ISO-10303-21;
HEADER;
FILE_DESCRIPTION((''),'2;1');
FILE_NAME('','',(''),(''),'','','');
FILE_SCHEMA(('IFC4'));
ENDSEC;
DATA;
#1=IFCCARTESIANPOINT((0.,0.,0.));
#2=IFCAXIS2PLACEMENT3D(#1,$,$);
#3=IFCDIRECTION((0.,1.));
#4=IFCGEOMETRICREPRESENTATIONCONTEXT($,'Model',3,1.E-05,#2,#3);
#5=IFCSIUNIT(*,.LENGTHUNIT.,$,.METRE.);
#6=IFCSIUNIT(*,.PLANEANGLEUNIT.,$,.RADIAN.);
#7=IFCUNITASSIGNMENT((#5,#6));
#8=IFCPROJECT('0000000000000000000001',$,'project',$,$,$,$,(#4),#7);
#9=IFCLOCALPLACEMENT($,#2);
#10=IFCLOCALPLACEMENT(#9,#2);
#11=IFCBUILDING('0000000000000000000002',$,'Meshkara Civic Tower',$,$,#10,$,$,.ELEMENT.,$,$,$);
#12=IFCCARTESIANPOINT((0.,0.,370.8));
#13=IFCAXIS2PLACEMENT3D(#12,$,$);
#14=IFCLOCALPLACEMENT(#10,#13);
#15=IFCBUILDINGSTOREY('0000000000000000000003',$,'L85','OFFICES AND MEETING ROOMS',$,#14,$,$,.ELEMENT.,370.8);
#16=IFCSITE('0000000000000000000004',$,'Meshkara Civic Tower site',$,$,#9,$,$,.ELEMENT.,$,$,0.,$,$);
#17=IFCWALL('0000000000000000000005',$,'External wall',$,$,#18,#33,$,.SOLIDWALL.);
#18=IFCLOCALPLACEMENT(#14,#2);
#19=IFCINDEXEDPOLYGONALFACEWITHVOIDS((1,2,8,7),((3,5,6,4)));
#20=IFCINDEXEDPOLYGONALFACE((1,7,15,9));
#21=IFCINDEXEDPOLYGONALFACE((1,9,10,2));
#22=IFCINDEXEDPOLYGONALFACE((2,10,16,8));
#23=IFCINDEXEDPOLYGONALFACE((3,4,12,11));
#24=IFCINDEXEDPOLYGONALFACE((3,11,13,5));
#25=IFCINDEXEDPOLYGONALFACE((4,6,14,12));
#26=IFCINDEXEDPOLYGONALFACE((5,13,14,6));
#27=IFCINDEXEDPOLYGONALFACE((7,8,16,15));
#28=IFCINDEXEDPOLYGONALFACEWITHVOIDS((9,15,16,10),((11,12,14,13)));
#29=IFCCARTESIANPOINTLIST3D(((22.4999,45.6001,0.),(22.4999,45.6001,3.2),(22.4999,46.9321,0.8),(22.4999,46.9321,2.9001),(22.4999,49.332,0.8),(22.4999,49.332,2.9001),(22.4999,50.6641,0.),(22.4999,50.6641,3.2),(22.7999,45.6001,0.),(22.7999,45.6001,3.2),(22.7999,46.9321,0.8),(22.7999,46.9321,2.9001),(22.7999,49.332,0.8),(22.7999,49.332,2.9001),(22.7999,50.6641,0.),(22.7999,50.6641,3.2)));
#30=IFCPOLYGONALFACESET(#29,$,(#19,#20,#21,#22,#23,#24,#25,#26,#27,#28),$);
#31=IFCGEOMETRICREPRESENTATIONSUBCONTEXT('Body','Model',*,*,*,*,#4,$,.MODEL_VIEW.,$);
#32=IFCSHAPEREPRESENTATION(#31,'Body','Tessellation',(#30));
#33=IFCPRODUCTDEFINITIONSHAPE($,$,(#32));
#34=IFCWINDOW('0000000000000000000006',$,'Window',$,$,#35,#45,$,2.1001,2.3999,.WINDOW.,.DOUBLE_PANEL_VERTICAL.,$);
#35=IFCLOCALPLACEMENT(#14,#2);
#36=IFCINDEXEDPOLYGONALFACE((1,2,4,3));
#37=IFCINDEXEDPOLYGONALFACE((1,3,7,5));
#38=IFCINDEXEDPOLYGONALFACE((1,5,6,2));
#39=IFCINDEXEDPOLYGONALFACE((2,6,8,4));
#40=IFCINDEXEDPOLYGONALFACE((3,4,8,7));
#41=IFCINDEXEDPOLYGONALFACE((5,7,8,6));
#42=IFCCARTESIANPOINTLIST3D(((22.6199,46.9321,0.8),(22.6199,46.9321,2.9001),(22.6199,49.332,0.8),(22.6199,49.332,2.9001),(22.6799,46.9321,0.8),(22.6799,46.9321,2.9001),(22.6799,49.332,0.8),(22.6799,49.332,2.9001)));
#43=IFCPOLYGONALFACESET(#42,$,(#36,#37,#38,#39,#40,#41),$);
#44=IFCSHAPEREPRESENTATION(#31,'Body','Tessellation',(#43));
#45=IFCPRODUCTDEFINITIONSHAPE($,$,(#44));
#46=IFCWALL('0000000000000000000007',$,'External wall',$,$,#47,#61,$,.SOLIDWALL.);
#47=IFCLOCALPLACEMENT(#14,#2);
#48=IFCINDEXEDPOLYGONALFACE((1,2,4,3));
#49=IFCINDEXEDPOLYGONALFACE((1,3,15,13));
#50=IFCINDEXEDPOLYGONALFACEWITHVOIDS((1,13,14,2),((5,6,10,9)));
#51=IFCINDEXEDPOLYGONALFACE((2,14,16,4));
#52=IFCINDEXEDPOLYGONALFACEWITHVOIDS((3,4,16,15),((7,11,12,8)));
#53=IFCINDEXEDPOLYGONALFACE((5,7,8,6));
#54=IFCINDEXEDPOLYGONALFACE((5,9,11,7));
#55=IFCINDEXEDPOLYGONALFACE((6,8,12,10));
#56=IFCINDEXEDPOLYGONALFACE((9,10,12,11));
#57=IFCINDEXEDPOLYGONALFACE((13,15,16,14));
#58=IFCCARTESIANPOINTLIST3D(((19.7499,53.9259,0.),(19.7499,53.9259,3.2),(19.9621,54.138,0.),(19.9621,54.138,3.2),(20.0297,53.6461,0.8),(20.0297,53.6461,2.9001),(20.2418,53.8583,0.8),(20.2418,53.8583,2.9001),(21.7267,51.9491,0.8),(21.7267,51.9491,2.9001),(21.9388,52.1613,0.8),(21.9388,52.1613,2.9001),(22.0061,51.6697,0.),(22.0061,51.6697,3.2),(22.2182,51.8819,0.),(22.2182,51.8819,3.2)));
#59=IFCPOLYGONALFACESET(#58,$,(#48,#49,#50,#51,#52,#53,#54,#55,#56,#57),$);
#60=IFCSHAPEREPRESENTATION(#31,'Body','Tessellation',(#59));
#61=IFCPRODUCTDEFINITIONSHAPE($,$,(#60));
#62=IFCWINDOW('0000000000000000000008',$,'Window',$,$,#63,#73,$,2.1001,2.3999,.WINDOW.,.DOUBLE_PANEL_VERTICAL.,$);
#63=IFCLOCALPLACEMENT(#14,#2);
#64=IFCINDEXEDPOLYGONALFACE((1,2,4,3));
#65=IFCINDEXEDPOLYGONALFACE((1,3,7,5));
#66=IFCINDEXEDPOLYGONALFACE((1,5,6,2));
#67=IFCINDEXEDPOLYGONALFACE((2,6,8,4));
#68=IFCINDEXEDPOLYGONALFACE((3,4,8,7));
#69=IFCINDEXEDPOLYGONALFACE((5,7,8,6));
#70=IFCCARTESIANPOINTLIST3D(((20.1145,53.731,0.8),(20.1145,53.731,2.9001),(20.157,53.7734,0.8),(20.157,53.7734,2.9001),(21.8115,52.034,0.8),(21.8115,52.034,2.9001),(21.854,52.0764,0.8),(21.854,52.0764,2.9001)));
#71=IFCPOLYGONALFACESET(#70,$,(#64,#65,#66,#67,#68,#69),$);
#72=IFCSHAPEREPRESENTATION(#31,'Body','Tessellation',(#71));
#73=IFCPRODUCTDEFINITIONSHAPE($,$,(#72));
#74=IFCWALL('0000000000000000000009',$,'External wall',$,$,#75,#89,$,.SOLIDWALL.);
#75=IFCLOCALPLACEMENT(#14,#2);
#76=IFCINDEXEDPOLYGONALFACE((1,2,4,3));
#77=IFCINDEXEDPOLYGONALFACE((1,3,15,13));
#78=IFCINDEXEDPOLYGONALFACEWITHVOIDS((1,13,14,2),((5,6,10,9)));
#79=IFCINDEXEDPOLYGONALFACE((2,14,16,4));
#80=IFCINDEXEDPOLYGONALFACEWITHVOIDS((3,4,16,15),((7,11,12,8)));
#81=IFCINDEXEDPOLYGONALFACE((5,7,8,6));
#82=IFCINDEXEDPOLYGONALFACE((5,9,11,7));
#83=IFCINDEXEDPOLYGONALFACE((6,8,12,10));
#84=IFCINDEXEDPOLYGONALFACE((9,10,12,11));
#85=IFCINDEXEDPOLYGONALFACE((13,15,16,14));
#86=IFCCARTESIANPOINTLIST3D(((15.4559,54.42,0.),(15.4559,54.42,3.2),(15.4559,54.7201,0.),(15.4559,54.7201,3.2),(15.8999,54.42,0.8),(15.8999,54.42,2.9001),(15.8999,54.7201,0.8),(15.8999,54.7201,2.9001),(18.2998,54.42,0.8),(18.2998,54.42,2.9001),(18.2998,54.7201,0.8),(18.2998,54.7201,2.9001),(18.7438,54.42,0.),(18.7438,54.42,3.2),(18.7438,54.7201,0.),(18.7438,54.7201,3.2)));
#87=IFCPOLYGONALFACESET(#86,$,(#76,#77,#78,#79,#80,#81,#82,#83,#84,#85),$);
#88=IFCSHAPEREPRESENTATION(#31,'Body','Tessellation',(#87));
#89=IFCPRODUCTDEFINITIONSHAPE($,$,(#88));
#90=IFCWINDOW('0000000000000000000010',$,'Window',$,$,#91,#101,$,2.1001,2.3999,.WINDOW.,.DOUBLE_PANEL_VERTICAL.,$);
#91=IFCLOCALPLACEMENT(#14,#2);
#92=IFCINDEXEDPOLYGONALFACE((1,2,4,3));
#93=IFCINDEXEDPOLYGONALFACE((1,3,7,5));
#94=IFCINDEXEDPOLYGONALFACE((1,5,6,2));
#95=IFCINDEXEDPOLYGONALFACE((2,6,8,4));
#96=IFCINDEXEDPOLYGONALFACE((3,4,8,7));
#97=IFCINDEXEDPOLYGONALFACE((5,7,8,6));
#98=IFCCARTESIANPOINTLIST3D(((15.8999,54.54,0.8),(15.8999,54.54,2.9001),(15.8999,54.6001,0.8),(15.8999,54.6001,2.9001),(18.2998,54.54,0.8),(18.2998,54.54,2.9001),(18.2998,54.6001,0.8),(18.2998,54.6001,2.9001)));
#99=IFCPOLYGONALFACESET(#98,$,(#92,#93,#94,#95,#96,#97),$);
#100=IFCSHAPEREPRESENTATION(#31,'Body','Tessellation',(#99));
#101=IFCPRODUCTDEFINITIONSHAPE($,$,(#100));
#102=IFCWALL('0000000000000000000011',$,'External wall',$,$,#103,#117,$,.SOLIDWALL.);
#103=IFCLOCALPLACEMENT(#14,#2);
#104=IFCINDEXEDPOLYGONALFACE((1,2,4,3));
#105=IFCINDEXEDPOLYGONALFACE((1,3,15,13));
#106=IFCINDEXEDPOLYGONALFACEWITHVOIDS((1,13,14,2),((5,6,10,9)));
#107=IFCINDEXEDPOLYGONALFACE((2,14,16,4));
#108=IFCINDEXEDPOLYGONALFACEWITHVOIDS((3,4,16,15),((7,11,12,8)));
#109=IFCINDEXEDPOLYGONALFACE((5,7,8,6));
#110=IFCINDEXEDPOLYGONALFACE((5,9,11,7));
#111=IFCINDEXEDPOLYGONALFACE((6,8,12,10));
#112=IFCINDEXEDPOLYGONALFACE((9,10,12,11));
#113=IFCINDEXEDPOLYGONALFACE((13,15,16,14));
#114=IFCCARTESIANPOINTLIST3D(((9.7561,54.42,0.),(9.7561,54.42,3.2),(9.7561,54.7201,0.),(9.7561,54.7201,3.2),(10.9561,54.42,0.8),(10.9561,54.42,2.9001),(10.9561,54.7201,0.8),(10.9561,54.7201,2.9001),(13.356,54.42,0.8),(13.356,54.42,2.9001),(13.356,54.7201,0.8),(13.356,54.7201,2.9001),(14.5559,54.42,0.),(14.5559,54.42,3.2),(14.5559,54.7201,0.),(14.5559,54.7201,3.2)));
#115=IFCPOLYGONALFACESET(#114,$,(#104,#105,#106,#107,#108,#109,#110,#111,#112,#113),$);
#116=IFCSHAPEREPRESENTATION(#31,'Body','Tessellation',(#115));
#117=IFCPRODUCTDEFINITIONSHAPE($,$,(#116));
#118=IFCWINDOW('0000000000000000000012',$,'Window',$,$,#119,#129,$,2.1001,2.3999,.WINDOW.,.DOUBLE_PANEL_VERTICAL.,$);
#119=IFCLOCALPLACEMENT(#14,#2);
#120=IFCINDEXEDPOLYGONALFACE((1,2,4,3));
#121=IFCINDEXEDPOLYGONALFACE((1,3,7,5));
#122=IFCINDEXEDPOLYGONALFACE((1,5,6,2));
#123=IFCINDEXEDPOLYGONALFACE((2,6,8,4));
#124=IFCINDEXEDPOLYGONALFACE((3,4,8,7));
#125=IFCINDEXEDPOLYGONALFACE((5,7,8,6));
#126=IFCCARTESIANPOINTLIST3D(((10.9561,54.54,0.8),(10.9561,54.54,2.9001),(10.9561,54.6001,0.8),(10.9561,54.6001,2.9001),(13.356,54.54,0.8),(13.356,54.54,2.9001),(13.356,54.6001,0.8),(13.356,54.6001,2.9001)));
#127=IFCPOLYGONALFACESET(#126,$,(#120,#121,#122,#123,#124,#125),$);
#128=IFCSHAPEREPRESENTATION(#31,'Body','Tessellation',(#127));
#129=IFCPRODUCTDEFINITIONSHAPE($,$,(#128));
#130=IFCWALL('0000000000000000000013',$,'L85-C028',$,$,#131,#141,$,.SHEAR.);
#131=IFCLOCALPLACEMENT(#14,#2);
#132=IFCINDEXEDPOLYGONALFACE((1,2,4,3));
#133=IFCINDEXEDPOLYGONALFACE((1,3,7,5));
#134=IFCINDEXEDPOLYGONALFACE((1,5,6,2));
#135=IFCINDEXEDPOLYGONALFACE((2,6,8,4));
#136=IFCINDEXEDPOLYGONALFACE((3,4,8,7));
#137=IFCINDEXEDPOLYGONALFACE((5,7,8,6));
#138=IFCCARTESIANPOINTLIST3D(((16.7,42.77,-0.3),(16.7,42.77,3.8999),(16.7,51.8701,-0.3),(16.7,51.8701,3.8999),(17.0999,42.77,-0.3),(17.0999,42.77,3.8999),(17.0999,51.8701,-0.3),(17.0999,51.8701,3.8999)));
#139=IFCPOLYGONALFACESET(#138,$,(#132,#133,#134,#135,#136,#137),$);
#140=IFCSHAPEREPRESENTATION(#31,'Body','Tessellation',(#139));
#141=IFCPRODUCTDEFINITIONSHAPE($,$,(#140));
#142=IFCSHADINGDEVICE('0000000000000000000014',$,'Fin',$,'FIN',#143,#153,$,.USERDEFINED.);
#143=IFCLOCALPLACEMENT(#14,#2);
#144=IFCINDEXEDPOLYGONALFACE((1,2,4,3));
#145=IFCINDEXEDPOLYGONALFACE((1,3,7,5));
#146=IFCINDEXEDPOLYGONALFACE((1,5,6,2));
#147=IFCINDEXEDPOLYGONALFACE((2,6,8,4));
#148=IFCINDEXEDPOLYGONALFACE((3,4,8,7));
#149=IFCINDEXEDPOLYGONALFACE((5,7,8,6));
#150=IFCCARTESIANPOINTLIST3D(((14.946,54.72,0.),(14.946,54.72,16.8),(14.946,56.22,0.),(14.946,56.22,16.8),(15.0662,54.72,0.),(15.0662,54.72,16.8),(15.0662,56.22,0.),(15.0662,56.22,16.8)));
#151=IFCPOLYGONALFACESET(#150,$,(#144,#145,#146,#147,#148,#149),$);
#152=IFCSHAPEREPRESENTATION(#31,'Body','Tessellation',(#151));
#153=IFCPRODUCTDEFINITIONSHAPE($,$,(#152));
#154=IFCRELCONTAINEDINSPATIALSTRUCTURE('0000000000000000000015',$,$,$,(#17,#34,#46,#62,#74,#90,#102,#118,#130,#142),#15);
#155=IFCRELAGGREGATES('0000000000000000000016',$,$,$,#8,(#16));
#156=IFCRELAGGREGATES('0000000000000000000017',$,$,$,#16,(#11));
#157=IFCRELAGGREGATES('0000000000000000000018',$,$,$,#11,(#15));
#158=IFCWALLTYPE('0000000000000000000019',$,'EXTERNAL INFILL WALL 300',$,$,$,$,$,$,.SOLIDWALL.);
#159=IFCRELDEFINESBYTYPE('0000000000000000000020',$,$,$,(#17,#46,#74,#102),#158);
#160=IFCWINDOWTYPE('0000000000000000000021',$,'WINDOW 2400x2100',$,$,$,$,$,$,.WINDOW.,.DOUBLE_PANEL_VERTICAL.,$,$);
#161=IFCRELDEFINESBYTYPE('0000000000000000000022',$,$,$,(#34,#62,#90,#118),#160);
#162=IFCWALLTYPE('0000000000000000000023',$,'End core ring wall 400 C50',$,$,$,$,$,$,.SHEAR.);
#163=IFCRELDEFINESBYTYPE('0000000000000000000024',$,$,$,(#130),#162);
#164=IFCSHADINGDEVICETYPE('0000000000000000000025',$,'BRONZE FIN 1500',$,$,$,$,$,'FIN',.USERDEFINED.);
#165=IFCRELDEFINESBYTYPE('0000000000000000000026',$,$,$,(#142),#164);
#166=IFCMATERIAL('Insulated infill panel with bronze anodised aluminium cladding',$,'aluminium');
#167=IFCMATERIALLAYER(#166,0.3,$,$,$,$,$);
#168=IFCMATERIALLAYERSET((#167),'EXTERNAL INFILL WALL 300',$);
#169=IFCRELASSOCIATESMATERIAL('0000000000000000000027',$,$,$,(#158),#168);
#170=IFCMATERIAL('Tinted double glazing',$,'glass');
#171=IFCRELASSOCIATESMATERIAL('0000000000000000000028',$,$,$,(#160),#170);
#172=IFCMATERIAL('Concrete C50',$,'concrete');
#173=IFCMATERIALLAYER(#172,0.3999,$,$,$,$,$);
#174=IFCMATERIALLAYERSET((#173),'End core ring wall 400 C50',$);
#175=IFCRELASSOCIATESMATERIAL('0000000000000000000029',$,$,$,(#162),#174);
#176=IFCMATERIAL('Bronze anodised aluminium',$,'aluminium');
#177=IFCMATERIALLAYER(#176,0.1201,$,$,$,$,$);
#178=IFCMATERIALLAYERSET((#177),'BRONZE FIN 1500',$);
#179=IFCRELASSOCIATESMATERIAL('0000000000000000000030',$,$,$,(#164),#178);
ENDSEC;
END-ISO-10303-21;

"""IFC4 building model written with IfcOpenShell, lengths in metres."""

from ifc_helpers import new_model, si_unit, direction, frame, frame_2d, origin, origin_2d, place, context, subcontext, project, spatial, rectangle, extrude, material, layer, layer_set, type_object, element, fill, save


model = new_model("IFC4")

# Units and contexts
model_context = context("Model", 3, precision=1e-05, world=origin(), true_north=direction((0.0, 1.0)))
body_context = subcontext(model_context, "Body", "Model", "MODEL_VIEW")
ifc_project = project(units=[si_unit("LENGTHUNIT", "METRE"), si_unit("PLANEANGLEUNIT", "RADIAN")], contexts=[model_context])

# Site, building, storey
site_placement = place(None, origin())
site = spatial("IfcSite", under=ifc_project, at=site_placement, Name="Meshkara Civic Tower site", CompositionType="ELEMENT", RefElevation=0.0)
building_placement = place(site_placement, origin())
building = spatial("IfcBuilding", under=site, at=building_placement, Name="Meshkara Civic Tower", CompositionType="ELEMENT")
storey_placement = place(building_placement, frame((0.0, 0.0, 370.8)))
storey = spatial("IfcBuildingStorey", under=building, at=storey_placement, Name="L85", Description="OFFICES AND MEETING ROOMS", CompositionType="ELEMENT", Elevation=370.8)

# Walls, openings, windows
ifc_material_1 = material(Name="Insulated infill panel with bronze anodised aluminium cladding", Category="aluminium")
ifc_layer_1 = layer(ifc_material_1, 0.3)
ifc_layer_set_1 = layer_set([ifc_layer_1], Name="EXTERNAL INFILL WALL 300")
wall_type_1 = type_object("IfcWallType", Name="EXTERNAL INFILL WALL 300", PredefinedType="SOLIDWALL", material=ifc_layer_set_1)
ifc_material_2 = material(Name="Tinted double glazing", Category="glass")
window_type = type_object("IfcWindowType", Name="WINDOW 2400x2100", PartitioningType="DOUBLE_PANEL_VERTICAL", PredefinedType="WINDOW", material=ifc_material_2)
wall_1_placement = place(storey_placement, frame((22.6499, 45.6001, 0.0), z_axis=(0.0, 0.0, 1.0), x_axis=(0.0, 1.0, 0.0)))
wall_1 = element("IfcWall", 1, at=wall_1_placement, inside=storey, type_object=wall_type_1, Name="External wall", PredefinedType="SOLIDWALL", context=body_context, shape_type="SweptSolid", body=[
    extrude(rectangle(XDim=5.064, YDim=0.3, at=frame_2d((2.532, 0.0))), origin(), (0.0, 0.0, 1.0), 3.2),
])
opening_1_placement = place(wall_1_placement, frame((1.332, 0.0, 0.8)))
opening_1 = element("IfcOpeningElement", 2, at=opening_1_placement, cuts=wall_1, PredefinedType="OPENING", context=body_context, shape_type="SweptSolid", body=[
    extrude(rectangle(XDim=2.3999, YDim=2.1001, at=frame_2d((1.2, 1.05))), frame((0.0, 0.1599, 0.0), z_axis=(0.0, -1.0, 0.0), x_axis=(1.0, 0.0, 0.0)), (0.0, 0.0, 1.0), 0.3201),
])
window_1_placement = place(opening_1_placement, origin())
window_1 = element("IfcWindow", 3, at=window_1_placement, inside=storey, type_object=window_type, Name="Window", OverallHeight=2.1001, OverallWidth=2.3999, PartitioningType="DOUBLE_PANEL_VERTICAL", PredefinedType="WINDOW", context=body_context, shape_type="SweptSolid", body=[
    extrude(rectangle(XDim=2.3999, YDim=2.1001, at=frame_2d((1.2, 1.05))), frame((0.0, 0.03, 0.0), z_axis=(0.0, -1.0, 0.0), x_axis=(1.0, 0.0, 0.0)), (0.0, 0.0, 1.0), 0.0601),
])
fill(opening_1, window_1)
wall_2_placement = place(storey_placement, frame((22.1121, 51.7759, 0.0), z_axis=(0.0, 0.0, 1.0), x_axis=(-0.707107, 0.707107, 0.0)))
wall_2 = element("IfcWall", 4, at=wall_2_placement, inside=storey, type_object=wall_type_1, Name="External wall", PredefinedType="SOLIDWALL", context=body_context, shape_type="SweptSolid", body=[
    extrude(rectangle(XDim=3.1907, YDim=0.3, at=frame_2d((1.5952, 0.0))), origin(), (0.0, 0.0, 1.0), 3.2),
])
opening_2_placement = place(wall_2_placement, frame((0.395, 0.0, 0.8)))
opening_2 = element("IfcOpeningElement", 5, at=opening_2_placement, cuts=wall_2, PredefinedType="OPENING", context=body_context, shape_type="SweptSolid", body=[
    extrude(rectangle(XDim=2.3999, YDim=2.1001, at=frame_2d((1.2, 1.05))), frame((0.0, 0.1599, 0.0), z_axis=(0.0, -1.0, 0.0), x_axis=(1.0, 0.0, 0.0)), (0.0, 0.0, 1.0), 0.3201),
])
window_2_placement = place(opening_2_placement, origin())
window_2 = element("IfcWindow", 6, at=window_2_placement, inside=storey, type_object=window_type, Name="Window", OverallHeight=2.1001, OverallWidth=2.3999, PartitioningType="DOUBLE_PANEL_VERTICAL", PredefinedType="WINDOW", context=body_context, shape_type="SweptSolid", body=[
    extrude(rectangle(XDim=2.3999, YDim=2.1001, at=frame_2d((1.2, 1.05))), frame((0.0, 0.03, 0.0), z_axis=(0.0, -1.0, 0.0), x_axis=(1.0, 0.0, 0.0)), (0.0, 0.0, 1.0), 0.0601),
])
fill(opening_2, window_2)
wall_3_placement = place(storey_placement, frame((18.7439, 54.5701, 0.0), z_axis=(0.0, 0.0, 1.0), x_axis=(-1.0, 0.0, 0.0)))
wall_3 = element("IfcWall", 7, at=wall_3_placement, inside=storey, type_object=wall_type_1, Name="External wall", PredefinedType="SOLIDWALL", context=body_context, shape_type="SweptSolid", body=[
    extrude(rectangle(XDim=3.2878, YDim=0.3, at=frame_2d((1.644, 0.0))), origin(), (0.0, 0.0, 1.0), 3.2),
])
opening_3_placement = place(wall_3_placement, frame((0.4441, 0.0, 0.8)))
opening_3 = element("IfcOpeningElement", 8, at=opening_3_placement, cuts=wall_3, PredefinedType="OPENING", context=body_context, shape_type="SweptSolid", body=[
    extrude(rectangle(XDim=2.3999, YDim=2.1001, at=frame_2d((1.2, 1.05))), frame((0.0, 0.1599, 0.0), z_axis=(0.0, -1.0, 0.0), x_axis=(1.0, 0.0, 0.0)), (0.0, 0.0, 1.0), 0.3201),
])
window_3_placement = place(opening_3_placement, origin())
window_3 = element("IfcWindow", 9, at=window_3_placement, inside=storey, type_object=window_type, Name="Window", OverallHeight=2.1001, OverallWidth=2.3999, PartitioningType="DOUBLE_PANEL_VERTICAL", PredefinedType="WINDOW", context=body_context, shape_type="SweptSolid", body=[
    extrude(rectangle(XDim=2.3999, YDim=2.1001, at=frame_2d((1.2, 1.05))), frame((0.0, 0.03, 0.0), z_axis=(0.0, -1.0, 0.0), x_axis=(1.0, 0.0, 0.0)), (0.0, 0.0, 1.0), 0.0601),
])
fill(opening_3, window_3)
wall_4_placement = place(storey_placement, frame((14.5559, 54.5701, 0.0), z_axis=(0.0, 0.0, 1.0), x_axis=(-1.0, 0.0, 0.0)))
wall_4 = element("IfcWall", 10, at=wall_4_placement, inside=storey, type_object=wall_type_1, Name="External wall", PredefinedType="SOLIDWALL", context=body_context, shape_type="SweptSolid", body=[
    extrude(rectangle(XDim=4.7998, YDim=0.3, at=frame_2d((2.3999, 0.0))), origin(), (0.0, 0.0, 1.0), 3.2),
])
opening_4_placement = place(wall_4_placement, frame((1.2, 0.0, 0.8)))
opening_4 = element("IfcOpeningElement", 11, at=opening_4_placement, cuts=wall_4, PredefinedType="OPENING", context=body_context, shape_type="SweptSolid", body=[
    extrude(rectangle(XDim=2.3999, YDim=2.1001, at=frame_2d((1.2, 1.05))), frame((0.0, 0.1599, 0.0), z_axis=(0.0, -1.0, 0.0), x_axis=(1.0, 0.0, 0.0)), (0.0, 0.0, 1.0), 0.3201),
])
window_4_placement = place(opening_4_placement, origin())
window_4 = element("IfcWindow", 12, at=window_4_placement, inside=storey, type_object=window_type, Name="Window", OverallHeight=2.1001, OverallWidth=2.3999, PartitioningType="DOUBLE_PANEL_VERTICAL", PredefinedType="WINDOW", context=body_context, shape_type="SweptSolid", body=[
    extrude(rectangle(XDim=2.3999, YDim=2.1001, at=frame_2d((1.2, 1.05))), frame((0.0, 0.03, 0.0), z_axis=(0.0, -1.0, 0.0), x_axis=(1.0, 0.0, 0.0)), (0.0, 0.0, 1.0), 0.0601),
])
fill(opening_4, window_4)

# Wall
ifc_material_3 = material(Name="Concrete C50", Category="concrete")
ifc_layer_2 = layer(ifc_material_3, 0.3999)
ifc_layer_set_2 = layer_set([ifc_layer_2], Name="End core ring wall 400 C50")
wall_type_2 = type_object("IfcWallType", Name="End core ring wall 400 C50", PredefinedType="SHEAR", material=ifc_layer_set_2)
wall_5_placement = place(storey_placement, frame((16.8999, 42.77, -0.3), z_axis=(0.0, 0.0, 1.0), x_axis=(0.0, 1.0, 0.0)))
element("IfcWall", 13, at=wall_5_placement, inside=storey, type_object=wall_type_2, Name="L85-C028", PredefinedType="SHEAR", context=body_context, shape_type="SweptSolid", body=[
    extrude(rectangle(XDim=9.1001, YDim=0.3999, at=frame_2d((4.55, 0.0))), origin(), (0.0, 0.0, 1.0), 4.2),
])

# Shading device
ifc_material_4 = material(Name="Bronze anodised aluminium", Category="aluminium")
ifc_layer_3 = layer(ifc_material_4, 0.1201)
ifc_layer_set_3 = layer_set([ifc_layer_3], Name="BRONZE FIN 1500")
shading_device_type = type_object("IfcShadingDeviceType", Name="BRONZE FIN 1500", ElementType="FIN", PredefinedType="USERDEFINED", material=ifc_layer_set_3)
shading_device_placement = place(storey_placement, frame((15.0061, 55.47, 0.0), z_axis=(0.0, 0.0, 1.0), x_axis=(-1.0, 0.0, 0.0)))
element("IfcShadingDevice", 14, at=shading_device_placement, inside=storey, type_object=shading_device_type, Name="Fin", ObjectType="FIN", PredefinedType="USERDEFINED", context=body_context, shape_type="SweptSolid", body=[
    extrude(rectangle(XDim=0.1201, YDim=1.5, at=origin_2d()), origin(), (0.0, 0.0, 1.0), 16.8),
])

save(model, "model.ifc")
